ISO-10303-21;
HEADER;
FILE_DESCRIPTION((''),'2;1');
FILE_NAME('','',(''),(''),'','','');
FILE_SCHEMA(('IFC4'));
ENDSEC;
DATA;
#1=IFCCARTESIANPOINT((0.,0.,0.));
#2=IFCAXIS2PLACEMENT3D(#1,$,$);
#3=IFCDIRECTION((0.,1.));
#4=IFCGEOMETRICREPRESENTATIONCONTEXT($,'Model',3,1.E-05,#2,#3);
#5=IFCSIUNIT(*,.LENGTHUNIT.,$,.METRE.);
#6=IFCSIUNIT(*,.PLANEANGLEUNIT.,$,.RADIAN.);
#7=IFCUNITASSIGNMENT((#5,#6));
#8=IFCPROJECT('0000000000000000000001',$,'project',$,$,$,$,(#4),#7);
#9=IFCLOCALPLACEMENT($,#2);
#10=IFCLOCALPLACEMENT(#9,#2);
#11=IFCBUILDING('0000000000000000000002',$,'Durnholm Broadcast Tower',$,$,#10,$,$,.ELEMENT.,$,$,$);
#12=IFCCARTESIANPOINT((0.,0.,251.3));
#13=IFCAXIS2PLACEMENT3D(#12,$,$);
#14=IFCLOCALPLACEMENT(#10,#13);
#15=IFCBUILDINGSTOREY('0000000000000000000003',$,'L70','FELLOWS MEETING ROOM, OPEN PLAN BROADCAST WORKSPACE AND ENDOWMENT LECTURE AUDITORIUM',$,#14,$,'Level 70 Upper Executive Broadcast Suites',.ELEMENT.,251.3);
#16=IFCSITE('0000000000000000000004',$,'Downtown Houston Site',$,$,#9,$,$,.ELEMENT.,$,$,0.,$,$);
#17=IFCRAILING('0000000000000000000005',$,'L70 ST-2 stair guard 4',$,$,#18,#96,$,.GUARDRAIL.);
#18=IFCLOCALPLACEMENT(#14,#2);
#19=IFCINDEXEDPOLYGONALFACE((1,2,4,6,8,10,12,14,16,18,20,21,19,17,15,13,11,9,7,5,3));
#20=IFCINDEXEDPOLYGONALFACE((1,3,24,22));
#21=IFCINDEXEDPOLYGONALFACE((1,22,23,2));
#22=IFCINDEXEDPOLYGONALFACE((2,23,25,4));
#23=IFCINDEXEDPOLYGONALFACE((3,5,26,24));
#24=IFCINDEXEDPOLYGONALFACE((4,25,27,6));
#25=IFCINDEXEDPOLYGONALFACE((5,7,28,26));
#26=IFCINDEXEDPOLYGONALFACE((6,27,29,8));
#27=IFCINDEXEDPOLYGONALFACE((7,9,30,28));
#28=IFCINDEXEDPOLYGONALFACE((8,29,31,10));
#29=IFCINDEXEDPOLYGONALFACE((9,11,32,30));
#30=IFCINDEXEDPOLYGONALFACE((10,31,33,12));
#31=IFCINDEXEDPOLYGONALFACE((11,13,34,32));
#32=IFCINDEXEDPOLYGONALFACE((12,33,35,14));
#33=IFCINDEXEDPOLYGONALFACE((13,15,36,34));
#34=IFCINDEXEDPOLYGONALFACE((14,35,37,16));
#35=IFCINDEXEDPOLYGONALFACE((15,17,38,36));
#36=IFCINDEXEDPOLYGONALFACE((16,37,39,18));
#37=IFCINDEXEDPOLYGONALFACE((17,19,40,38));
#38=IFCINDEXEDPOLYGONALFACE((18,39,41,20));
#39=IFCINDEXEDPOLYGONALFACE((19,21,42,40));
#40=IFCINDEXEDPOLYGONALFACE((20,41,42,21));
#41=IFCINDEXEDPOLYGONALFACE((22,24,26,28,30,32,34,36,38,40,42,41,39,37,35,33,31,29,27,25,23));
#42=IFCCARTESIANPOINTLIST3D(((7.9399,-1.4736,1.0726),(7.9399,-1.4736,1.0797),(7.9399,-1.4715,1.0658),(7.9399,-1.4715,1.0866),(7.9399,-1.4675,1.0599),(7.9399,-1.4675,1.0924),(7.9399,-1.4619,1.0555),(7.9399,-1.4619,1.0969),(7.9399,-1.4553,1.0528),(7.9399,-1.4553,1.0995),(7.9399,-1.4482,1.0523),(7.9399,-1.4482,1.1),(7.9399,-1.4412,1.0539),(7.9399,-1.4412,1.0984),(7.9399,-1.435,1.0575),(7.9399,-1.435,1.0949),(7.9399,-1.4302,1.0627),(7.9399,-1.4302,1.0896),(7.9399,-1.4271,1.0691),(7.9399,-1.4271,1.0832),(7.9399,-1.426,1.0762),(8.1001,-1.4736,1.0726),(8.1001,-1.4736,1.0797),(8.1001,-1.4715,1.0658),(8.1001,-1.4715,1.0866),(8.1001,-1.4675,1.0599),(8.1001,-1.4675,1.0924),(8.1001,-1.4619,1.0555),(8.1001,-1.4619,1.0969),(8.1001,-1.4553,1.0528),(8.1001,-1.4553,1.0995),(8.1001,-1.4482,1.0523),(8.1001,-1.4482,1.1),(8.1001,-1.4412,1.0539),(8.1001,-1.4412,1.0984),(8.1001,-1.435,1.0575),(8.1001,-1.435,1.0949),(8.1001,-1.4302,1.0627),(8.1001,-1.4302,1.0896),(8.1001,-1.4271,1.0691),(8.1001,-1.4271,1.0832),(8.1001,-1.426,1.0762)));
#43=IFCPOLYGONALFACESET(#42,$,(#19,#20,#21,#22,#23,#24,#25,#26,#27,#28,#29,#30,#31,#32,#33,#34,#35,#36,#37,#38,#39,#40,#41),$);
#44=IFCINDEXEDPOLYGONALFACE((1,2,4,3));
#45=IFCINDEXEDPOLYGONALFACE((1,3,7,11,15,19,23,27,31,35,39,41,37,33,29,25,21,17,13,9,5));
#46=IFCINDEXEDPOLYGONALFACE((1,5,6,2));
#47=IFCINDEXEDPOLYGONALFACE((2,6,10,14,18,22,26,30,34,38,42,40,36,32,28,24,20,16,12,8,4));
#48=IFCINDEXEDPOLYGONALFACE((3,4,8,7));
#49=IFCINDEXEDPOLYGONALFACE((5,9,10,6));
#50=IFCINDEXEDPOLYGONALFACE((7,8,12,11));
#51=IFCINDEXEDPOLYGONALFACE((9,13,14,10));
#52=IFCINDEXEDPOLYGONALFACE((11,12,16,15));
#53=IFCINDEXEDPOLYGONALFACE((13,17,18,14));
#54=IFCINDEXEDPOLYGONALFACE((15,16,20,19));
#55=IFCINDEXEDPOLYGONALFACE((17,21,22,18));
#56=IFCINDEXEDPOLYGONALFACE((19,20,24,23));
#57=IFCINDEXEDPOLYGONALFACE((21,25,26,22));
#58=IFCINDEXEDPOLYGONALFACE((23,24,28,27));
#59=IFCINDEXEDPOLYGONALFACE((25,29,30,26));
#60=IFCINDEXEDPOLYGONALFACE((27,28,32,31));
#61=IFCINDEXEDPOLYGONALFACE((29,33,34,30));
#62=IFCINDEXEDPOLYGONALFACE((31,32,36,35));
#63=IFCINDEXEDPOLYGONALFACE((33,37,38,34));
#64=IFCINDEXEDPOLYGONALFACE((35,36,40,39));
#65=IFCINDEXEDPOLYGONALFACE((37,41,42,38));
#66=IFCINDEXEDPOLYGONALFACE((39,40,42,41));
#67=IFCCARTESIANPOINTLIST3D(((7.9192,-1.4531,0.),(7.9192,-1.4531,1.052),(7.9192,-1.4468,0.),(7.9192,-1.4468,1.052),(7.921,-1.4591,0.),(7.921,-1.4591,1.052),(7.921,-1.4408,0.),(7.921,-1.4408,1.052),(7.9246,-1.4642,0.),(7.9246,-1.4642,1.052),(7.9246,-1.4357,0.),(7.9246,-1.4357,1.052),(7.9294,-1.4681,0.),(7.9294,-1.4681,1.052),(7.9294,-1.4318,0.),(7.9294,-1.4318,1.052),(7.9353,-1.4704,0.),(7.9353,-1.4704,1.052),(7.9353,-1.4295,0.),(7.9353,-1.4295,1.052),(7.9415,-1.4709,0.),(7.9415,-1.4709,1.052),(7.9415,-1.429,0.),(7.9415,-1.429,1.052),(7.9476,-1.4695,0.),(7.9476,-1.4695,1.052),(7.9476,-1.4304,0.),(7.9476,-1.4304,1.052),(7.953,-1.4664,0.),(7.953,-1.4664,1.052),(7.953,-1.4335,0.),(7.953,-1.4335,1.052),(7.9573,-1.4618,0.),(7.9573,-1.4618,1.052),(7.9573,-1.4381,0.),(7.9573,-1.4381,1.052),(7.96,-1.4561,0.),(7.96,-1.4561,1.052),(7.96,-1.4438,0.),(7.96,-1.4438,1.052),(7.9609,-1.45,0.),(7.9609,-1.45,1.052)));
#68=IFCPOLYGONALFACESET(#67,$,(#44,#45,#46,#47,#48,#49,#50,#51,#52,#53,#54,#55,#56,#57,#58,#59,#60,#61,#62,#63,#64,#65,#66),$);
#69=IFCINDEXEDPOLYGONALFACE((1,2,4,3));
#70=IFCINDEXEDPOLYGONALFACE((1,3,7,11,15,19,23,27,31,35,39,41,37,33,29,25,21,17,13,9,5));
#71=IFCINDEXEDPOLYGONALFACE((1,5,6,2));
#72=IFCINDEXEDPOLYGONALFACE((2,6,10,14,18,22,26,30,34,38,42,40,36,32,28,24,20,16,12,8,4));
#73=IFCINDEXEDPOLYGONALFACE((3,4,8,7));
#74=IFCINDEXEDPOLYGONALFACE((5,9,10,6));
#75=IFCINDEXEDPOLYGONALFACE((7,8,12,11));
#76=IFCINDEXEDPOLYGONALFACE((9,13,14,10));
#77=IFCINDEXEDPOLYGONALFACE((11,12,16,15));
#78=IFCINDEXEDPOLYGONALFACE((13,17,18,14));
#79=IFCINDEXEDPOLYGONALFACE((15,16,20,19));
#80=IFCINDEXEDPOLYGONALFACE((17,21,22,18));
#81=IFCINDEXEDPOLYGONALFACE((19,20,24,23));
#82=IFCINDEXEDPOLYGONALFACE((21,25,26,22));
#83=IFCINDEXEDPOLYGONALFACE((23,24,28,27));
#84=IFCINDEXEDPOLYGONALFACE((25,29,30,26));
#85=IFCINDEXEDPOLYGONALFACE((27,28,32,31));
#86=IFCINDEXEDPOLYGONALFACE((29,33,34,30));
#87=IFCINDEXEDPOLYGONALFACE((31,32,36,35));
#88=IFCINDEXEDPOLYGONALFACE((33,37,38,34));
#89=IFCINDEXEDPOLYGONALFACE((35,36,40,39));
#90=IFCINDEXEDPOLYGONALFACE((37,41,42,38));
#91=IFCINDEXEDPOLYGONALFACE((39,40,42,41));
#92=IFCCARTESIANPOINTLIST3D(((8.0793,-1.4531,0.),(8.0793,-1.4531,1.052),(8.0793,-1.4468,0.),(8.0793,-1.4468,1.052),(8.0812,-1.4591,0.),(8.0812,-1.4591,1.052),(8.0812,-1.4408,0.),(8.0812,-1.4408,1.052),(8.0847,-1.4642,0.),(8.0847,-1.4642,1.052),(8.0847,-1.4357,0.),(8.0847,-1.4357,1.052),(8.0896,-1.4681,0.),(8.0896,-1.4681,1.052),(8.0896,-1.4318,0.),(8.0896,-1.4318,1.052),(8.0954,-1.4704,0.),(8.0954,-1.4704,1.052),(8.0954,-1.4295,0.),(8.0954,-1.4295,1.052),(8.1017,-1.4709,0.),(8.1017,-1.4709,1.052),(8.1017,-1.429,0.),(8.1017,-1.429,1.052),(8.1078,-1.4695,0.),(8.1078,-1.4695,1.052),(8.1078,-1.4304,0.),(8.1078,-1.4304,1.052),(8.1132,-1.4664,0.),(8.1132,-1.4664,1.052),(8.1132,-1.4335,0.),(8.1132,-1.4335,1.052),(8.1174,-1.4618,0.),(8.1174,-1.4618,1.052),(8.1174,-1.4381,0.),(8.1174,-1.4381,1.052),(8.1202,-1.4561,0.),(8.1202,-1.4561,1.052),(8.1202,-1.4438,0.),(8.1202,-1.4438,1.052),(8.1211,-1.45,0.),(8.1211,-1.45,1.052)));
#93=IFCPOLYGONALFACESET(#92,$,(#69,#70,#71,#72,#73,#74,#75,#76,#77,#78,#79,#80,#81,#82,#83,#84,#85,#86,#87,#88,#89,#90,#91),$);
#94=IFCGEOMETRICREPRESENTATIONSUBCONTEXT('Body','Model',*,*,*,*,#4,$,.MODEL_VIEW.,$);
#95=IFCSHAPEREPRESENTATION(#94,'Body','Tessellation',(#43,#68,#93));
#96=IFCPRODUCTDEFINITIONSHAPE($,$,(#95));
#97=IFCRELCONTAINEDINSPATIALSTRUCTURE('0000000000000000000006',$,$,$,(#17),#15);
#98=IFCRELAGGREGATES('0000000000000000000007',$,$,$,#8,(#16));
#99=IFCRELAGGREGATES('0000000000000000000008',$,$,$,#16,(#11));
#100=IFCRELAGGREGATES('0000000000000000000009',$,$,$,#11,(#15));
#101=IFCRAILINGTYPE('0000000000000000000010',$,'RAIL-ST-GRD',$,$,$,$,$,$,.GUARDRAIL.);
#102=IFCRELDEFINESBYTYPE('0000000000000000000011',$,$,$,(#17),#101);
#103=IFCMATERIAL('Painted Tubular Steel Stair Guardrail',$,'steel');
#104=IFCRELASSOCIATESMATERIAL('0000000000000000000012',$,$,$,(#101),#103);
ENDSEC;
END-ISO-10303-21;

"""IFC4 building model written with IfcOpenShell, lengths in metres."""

from ifc_helpers import new_model, si_unit, direction, frame, origin, origin_2d, place, context, subcontext, project, spatial, circle, extrude, material, type_object, element, save


model = new_model("IFC4")

# Units and contexts
model_context = context("Model", 3, precision=1e-05, world=origin(), true_north=direction((0.0, 1.0)))
body_context = subcontext(model_context, "Body", "Model", "MODEL_VIEW")
ifc_project = project(units=[si_unit("LENGTHUNIT", "METRE"), si_unit("PLANEANGLEUNIT", "RADIAN")], contexts=[model_context])

# Site, building, storey
site_placement = place(None, origin())
site = spatial("IfcSite", under=ifc_project, at=site_placement, Name="Downtown Houston Site", CompositionType="ELEMENT", RefElevation=0.0)
building_placement = place(site_placement, origin())
building = spatial("IfcBuilding", under=site, at=building_placement, Name="Durnholm Broadcast Tower", CompositionType="ELEMENT")
storey_placement = place(building_placement, frame((0.0, 0.0, 251.3)))
storey = spatial("IfcBuildingStorey", under=building, at=storey_placement, Name="L70", Description="FELLOWS MEETING ROOM, OPEN PLAN BROADCAST WORKSPACE AND ENDOWMENT LECTURE AUDITORIUM", LongName="Level 70 Upper Executive Broadcast Suites", CompositionType="ELEMENT", Elevation=251.3)

# Railing
ifc_material_1 = material(Name="Painted Tubular Steel Stair Guardrail", Category="steel")
railing_type_1 = type_object("IfcRailingType", Name="RAIL-ST-GRD", PredefinedType="GUARDRAIL", material=ifc_material_1)
railing_1_placement = place(storey_placement, frame((7.9399, -1.45, 0.0)))
element("IfcRailing", 1, at=railing_1_placement, inside=storey, type_object=railing_type_1, Name="L70 ST-2 stair guard 4", PredefinedType="GUARDRAIL", context=body_context, shape_type="SweptSolid", body=[
    extrude(circle(Radius=0.0239, at=origin_2d()), frame((0.0, 0.0, 1.0762), z_axis=(1.0, 0.0, 0.0), x_axis=(0.0, 1.0, 0.0)), (0.0, 0.0, 1.0), 0.1602),
    extrude(circle(Radius=0.021, at=origin_2d()), origin(), (0.0, 0.0, 1.0), 1.052),
    extrude(circle(Radius=0.021, at=origin_2d()), frame((0.1602, 0.0, 0.0)), (0.0, 0.0, 1.0), 1.052),
])

save(model, "model.ifc")
